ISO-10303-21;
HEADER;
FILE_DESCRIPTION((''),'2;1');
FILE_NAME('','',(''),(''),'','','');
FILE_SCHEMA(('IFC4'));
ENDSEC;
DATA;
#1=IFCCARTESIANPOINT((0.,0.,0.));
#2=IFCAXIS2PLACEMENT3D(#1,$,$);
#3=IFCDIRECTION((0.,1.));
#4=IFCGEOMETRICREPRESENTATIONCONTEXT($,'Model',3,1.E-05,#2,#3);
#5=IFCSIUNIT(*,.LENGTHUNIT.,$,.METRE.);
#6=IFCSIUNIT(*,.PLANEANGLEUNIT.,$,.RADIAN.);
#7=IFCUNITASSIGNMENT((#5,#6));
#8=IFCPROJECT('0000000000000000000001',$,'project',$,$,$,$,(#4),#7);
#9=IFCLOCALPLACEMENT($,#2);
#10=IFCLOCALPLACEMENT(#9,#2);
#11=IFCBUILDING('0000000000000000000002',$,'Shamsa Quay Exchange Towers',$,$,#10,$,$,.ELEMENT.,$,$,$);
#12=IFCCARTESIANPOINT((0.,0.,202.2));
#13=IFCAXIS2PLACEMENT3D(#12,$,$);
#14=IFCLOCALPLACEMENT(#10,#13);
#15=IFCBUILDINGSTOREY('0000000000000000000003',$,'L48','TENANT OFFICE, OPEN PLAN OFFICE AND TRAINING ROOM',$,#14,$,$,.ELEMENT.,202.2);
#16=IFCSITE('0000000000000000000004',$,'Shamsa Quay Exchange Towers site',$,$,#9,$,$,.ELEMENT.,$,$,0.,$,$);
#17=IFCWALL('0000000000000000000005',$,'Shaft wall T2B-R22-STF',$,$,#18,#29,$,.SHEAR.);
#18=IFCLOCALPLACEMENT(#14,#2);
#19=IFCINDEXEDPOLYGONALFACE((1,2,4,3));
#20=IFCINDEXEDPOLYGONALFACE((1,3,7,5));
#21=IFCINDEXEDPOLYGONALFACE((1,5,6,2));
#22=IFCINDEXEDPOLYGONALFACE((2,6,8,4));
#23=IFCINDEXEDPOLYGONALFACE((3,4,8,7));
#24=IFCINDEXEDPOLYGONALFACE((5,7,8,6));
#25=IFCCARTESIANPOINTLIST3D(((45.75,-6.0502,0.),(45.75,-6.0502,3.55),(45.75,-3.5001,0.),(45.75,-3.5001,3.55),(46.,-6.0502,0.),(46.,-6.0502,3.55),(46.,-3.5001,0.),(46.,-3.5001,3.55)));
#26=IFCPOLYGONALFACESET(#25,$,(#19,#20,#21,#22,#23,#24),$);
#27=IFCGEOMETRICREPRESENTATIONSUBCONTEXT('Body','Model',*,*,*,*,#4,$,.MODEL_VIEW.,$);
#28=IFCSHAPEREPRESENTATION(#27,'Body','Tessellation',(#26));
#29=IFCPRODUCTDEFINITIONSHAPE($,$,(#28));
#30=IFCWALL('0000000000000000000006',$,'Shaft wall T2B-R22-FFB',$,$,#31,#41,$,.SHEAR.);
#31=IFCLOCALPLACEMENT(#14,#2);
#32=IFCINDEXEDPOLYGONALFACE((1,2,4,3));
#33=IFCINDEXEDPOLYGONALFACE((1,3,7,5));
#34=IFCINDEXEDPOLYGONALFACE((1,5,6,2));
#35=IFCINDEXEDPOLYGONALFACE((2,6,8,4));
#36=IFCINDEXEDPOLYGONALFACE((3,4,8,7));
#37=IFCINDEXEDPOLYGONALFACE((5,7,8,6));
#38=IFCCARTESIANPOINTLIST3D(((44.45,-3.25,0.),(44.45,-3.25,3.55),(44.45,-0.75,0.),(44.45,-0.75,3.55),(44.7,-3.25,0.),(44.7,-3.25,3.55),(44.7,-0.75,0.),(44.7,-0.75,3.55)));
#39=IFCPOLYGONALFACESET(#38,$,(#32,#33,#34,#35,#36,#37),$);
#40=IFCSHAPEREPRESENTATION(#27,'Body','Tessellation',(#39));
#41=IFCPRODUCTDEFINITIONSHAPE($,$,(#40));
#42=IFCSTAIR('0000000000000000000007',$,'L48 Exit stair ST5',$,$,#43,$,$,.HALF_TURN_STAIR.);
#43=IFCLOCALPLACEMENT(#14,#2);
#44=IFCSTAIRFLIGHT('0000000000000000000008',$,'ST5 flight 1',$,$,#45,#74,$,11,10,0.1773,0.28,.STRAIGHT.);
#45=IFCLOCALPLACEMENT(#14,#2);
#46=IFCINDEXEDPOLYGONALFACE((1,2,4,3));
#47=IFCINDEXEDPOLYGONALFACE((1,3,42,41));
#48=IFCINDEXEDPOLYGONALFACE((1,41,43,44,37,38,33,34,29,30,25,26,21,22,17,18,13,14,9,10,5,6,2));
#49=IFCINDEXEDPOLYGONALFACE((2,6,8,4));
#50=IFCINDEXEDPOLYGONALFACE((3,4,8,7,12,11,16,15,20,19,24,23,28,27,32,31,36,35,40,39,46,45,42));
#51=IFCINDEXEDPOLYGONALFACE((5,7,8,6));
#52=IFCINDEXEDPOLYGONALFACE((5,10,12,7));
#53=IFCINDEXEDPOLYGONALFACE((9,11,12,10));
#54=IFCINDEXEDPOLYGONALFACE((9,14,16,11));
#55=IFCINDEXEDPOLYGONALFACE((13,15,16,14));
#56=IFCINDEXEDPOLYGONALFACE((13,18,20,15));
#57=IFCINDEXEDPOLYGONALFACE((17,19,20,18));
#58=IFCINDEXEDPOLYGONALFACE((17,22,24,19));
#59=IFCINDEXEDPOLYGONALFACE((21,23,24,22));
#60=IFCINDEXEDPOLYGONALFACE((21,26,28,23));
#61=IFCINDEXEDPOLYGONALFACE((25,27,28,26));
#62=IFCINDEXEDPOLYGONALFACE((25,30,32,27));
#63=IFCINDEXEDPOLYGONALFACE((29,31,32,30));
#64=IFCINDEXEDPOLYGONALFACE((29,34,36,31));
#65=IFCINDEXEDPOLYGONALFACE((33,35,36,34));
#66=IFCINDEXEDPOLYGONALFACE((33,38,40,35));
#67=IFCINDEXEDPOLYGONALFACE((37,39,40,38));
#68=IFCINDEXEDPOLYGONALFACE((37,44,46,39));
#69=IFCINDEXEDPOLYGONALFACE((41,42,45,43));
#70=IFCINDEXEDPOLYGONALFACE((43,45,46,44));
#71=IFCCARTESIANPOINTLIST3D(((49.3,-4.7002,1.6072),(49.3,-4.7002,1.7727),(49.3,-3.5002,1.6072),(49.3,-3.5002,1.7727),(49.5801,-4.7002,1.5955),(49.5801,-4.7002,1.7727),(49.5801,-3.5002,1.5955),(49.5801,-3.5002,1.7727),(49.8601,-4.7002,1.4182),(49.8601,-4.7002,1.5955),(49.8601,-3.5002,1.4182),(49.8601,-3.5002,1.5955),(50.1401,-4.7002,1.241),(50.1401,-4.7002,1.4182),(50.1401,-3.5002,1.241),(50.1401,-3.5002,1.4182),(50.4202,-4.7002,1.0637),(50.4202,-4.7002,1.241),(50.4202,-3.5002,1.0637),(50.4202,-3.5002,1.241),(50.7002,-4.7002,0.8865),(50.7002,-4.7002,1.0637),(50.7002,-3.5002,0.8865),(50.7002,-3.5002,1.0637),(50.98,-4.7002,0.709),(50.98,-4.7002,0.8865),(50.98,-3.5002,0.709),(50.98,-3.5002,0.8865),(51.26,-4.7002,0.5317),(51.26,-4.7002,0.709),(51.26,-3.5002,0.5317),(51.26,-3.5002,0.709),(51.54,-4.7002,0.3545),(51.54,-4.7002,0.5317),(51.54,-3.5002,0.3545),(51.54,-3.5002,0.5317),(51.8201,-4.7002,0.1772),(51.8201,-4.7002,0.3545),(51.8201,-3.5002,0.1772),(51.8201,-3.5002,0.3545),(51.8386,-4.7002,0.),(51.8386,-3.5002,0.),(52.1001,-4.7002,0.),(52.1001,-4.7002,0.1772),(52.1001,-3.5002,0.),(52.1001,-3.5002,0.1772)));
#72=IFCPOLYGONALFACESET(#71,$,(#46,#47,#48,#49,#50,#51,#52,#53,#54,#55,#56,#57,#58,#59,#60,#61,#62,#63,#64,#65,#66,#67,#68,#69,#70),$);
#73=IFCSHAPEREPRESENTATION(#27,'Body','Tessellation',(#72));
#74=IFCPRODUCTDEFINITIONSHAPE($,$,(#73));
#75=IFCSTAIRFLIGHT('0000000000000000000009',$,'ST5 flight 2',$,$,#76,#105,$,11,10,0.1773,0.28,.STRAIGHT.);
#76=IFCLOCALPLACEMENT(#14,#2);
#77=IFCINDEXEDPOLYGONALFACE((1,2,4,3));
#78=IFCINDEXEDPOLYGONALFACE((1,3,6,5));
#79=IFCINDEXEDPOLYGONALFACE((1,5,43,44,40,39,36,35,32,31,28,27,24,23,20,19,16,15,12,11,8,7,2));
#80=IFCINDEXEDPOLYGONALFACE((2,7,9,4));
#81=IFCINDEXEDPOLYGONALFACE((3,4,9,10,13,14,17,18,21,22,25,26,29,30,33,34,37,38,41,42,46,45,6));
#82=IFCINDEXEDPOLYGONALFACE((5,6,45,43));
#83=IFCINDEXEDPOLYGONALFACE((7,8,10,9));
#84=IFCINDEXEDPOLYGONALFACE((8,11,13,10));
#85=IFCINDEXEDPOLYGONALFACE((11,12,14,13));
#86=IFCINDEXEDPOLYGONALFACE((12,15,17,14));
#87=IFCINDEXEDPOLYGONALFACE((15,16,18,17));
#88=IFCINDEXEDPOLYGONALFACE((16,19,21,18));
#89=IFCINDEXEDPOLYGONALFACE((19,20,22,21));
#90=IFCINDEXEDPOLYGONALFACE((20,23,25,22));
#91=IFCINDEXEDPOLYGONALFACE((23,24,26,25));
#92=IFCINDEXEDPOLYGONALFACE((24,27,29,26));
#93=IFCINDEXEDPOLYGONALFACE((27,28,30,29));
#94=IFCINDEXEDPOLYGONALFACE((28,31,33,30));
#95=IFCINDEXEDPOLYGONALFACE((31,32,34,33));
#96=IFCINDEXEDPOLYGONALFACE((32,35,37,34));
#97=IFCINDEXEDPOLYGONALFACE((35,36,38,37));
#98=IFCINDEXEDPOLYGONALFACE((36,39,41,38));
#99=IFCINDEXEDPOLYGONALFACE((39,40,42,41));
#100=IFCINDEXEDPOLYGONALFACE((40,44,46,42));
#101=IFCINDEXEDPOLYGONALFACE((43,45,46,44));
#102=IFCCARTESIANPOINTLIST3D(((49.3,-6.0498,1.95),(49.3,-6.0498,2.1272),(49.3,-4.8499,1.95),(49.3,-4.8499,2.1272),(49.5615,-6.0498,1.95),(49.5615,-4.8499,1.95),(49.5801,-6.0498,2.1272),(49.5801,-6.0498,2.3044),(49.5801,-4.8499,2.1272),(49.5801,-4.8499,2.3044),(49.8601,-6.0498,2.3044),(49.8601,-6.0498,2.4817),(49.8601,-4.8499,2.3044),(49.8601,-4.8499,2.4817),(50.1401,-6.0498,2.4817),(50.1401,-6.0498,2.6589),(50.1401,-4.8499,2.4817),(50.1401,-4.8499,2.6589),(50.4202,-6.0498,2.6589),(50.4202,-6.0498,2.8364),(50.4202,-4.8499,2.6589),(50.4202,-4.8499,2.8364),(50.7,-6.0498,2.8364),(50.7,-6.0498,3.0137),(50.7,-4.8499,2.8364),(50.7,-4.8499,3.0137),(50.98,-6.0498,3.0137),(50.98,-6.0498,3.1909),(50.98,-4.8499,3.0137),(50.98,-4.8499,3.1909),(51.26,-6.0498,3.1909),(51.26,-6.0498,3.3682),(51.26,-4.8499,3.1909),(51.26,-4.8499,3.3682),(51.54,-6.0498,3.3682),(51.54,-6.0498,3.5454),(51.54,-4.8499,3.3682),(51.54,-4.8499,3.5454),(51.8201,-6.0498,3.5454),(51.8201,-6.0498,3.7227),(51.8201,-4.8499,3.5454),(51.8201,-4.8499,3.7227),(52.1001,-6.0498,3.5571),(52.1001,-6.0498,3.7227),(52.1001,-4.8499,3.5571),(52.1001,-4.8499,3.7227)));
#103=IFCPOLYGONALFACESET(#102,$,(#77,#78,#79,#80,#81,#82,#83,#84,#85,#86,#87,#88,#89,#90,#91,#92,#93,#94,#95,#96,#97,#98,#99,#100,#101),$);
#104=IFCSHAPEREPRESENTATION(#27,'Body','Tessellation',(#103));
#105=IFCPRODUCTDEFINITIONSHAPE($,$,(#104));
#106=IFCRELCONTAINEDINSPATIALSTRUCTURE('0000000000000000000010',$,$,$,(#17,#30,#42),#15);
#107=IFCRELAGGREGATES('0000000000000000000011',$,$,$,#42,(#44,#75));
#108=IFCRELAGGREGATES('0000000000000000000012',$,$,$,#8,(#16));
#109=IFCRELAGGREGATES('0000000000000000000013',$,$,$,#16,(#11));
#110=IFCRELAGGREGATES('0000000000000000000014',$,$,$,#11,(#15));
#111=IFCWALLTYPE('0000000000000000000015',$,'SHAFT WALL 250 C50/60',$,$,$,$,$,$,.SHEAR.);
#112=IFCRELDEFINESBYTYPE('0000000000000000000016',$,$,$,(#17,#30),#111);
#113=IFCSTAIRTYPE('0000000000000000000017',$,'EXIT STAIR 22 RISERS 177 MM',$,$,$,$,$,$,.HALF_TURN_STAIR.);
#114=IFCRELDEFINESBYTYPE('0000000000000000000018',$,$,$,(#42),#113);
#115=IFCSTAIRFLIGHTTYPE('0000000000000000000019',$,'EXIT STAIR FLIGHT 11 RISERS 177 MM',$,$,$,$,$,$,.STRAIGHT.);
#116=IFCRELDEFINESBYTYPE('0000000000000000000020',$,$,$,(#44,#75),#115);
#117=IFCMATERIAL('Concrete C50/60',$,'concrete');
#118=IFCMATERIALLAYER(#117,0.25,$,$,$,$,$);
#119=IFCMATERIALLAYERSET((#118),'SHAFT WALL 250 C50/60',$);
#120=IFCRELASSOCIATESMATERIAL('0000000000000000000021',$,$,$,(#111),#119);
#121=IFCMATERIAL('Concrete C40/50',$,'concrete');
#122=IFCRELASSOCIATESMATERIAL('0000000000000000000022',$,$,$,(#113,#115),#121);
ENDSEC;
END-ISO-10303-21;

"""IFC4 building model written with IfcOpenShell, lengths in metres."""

from ifc_helpers import new_model, si_unit, direction, frame, frame_2d, origin, place, context, subcontext, project, spatial, polyline, rectangle, outline, extrude, material, layer, layer_set, type_object, element, aggregate, save


model = new_model("IFC4")

# Units and contexts
model_context = context("Model", 3, precision=1e-05, world=origin(), true_north=direction((0.0, 1.0)))
body_context = subcontext(model_context, "Body", "Model", "MODEL_VIEW")
ifc_project = project(units=[si_unit("LENGTHUNIT", "METRE"), si_unit("PLANEANGLEUNIT", "RADIAN")], contexts=[model_context])

# Site, building, storey
site_placement = place(None, origin())
site = spatial("IfcSite", under=ifc_project, at=site_placement, Name="Shamsa Quay Exchange Towers site", CompositionType="ELEMENT", RefElevation=0.0)
building_placement = place(site_placement, origin())
building = spatial("IfcBuilding", under=site, at=building_placement, Name="Shamsa Quay Exchange Towers", CompositionType="ELEMENT")
storey_placement = place(building_placement, frame((0.0, 0.0, 202.2)))
storey = spatial("IfcBuildingStorey", under=building, at=storey_placement, Name="L48", Description="TENANT OFFICE, OPEN PLAN OFFICE AND TRAINING ROOM", CompositionType="ELEMENT", Elevation=202.2)

# Shared definitions
ifc_material_1 = material(Name="Concrete C50/60", Category="concrete")
ifc_layer_1 = layer(ifc_material_1, 0.25)
ifc_layer_set_1 = layer_set([ifc_layer_1], Name="SHAFT WALL 250 C50/60")
wall_type_1 = type_object("IfcWallType", Name="SHAFT WALL 250 C50/60", PredefinedType="SHEAR", material=ifc_layer_set_1)

# Walls
wall_1_placement = place(storey_placement, frame((45.875, -6.05, 0.0), z_axis=(0.0, 0.0, 1.0), x_axis=(0.0, 1.0, 0.0)))
element("IfcWall", 1, at=wall_1_placement, inside=storey, type_object=wall_type_1, Name="Shaft wall T2B-R22-STF", PredefinedType="SHEAR", context=body_context, shape_type="SweptSolid", body=[
    extrude(rectangle(XDim=2.55, YDim=0.25, at=frame_2d((1.2749, 0.0))), origin(), (0.0, 0.0, 1.0), 3.55),
])
wall_2_placement = place(storey_placement, frame((44.575, -3.25, 0.0), z_axis=(0.0, 0.0, 1.0), x_axis=(0.0, 1.0, 0.0)))
element("IfcWall", 2, at=wall_2_placement, inside=storey, type_object=wall_type_1, Name="Shaft wall T2B-R22-FFB", PredefinedType="SHEAR", context=body_context, shape_type="SweptSolid", body=[
    extrude(rectangle(XDim=2.5, YDim=0.25, at=frame_2d((1.25, 0.0))), origin(), (0.0, 0.0, 1.0), 3.55),
])

# Stair, stair flights
ifc_material_2 = material(Name="Concrete C40/50", Category="concrete")
stair_type = type_object("IfcStairType", Name="EXIT STAIR 22 RISERS 177 MM", PredefinedType="HALF_TURN_STAIR", material=ifc_material_2)
stair_placement = place(storey_placement, origin())
stair = element("IfcStair", 3, at=stair_placement, inside=storey, type_object=stair_type, Name="L48 Exit stair ST5", PredefinedType="HALF_TURN_STAIR")
stair_flight_type = type_object("IfcStairFlightType", Name="EXIT STAIR FLIGHT 11 RISERS 177 MM", PredefinedType="STRAIGHT", material=ifc_material_2)
stair_flight_1_placement = place(storey_placement, frame((52.1001, -4.1001, 0.0), z_axis=(0.0, 0.0, 1.0), x_axis=(-1.0, 0.0, 0.0)))
stair_flight_1 = element("IfcStairFlight", 4, at=stair_flight_1_placement, type_object=stair_flight_type, Name="ST5 flight 1", NumberOfRisers=11, NumberOfTreads=10, PredefinedType="STRAIGHT", RiserHeight=0.1773, TreadLength=0.28, context=body_context, shape_type="SweptSolid", body=[
    extrude(outline(polyline([(0.0, 0.0), (0.0, 0.1772), (0.28, 0.1772), (0.28, 0.3545), (0.5601, 0.3545), (0.5601, 0.5317), (0.8401, 0.5317), (0.8401, 0.709), (1.1201, 0.709), (1.1201, 0.8865), (1.3999, 0.8865), (1.3999, 1.0637), (1.6799, 1.0637), (1.6799, 1.241), (1.96, 1.241), (1.96, 1.4182), (2.24, 1.4182), (2.24, 1.5955), (2.52, 1.5955), (2.52, 1.7727), (2.8, 1.7727), (2.8, 1.95), (2.8, 1.6072), (0.2615, 0.0), (0.0, 0.0)])), frame((0.0, 0.6001, 0.0), z_axis=(0.0, -1.0, 0.0), x_axis=(1.0, 0.0, 0.0)), (0.0, 0.0, 1.0), 1.2),
])
stair_flight_2_placement = place(storey_placement, frame((49.3, -5.45, 1.95)))
stair_flight_2 = element("IfcStairFlight", 5, at=stair_flight_2_placement, type_object=stair_flight_type, Name="ST5 flight 2", NumberOfRisers=11, NumberOfTreads=10, PredefinedType="STRAIGHT", RiserHeight=0.1773, TreadLength=0.28, context=body_context, shape_type="SweptSolid", body=[
    extrude(outline(polyline([(0.0, 0.0), (0.0, 0.1772), (0.28, 0.1772), (0.28, 0.3545), (0.5601, 0.3545), (0.5601, 0.5317), (0.8401, 0.5317), (0.8401, 0.709), (1.1201, 0.709), (1.1201, 0.8865), (1.3999, 0.8865), (1.3999, 1.0637), (1.6799, 1.0637), (1.6799, 1.241), (1.96, 1.241), (1.96, 1.4182), (2.24, 1.4182), (2.24, 1.5955), (2.52, 1.5955), (2.52, 1.7727), (2.8, 1.7727), (2.8, 1.95), (2.8, 1.6072), (0.2615, 0.0), (0.0, 0.0)])), frame((0.0, 0.6001, 0.0), z_axis=(0.0, -1.0, 0.0), x_axis=(1.0, 0.0, 0.0)), (0.0, 0.0, 1.0), 1.2),
])
aggregate(stair, [stair_flight_1, stair_flight_2])

save(model, "model.ifc")
